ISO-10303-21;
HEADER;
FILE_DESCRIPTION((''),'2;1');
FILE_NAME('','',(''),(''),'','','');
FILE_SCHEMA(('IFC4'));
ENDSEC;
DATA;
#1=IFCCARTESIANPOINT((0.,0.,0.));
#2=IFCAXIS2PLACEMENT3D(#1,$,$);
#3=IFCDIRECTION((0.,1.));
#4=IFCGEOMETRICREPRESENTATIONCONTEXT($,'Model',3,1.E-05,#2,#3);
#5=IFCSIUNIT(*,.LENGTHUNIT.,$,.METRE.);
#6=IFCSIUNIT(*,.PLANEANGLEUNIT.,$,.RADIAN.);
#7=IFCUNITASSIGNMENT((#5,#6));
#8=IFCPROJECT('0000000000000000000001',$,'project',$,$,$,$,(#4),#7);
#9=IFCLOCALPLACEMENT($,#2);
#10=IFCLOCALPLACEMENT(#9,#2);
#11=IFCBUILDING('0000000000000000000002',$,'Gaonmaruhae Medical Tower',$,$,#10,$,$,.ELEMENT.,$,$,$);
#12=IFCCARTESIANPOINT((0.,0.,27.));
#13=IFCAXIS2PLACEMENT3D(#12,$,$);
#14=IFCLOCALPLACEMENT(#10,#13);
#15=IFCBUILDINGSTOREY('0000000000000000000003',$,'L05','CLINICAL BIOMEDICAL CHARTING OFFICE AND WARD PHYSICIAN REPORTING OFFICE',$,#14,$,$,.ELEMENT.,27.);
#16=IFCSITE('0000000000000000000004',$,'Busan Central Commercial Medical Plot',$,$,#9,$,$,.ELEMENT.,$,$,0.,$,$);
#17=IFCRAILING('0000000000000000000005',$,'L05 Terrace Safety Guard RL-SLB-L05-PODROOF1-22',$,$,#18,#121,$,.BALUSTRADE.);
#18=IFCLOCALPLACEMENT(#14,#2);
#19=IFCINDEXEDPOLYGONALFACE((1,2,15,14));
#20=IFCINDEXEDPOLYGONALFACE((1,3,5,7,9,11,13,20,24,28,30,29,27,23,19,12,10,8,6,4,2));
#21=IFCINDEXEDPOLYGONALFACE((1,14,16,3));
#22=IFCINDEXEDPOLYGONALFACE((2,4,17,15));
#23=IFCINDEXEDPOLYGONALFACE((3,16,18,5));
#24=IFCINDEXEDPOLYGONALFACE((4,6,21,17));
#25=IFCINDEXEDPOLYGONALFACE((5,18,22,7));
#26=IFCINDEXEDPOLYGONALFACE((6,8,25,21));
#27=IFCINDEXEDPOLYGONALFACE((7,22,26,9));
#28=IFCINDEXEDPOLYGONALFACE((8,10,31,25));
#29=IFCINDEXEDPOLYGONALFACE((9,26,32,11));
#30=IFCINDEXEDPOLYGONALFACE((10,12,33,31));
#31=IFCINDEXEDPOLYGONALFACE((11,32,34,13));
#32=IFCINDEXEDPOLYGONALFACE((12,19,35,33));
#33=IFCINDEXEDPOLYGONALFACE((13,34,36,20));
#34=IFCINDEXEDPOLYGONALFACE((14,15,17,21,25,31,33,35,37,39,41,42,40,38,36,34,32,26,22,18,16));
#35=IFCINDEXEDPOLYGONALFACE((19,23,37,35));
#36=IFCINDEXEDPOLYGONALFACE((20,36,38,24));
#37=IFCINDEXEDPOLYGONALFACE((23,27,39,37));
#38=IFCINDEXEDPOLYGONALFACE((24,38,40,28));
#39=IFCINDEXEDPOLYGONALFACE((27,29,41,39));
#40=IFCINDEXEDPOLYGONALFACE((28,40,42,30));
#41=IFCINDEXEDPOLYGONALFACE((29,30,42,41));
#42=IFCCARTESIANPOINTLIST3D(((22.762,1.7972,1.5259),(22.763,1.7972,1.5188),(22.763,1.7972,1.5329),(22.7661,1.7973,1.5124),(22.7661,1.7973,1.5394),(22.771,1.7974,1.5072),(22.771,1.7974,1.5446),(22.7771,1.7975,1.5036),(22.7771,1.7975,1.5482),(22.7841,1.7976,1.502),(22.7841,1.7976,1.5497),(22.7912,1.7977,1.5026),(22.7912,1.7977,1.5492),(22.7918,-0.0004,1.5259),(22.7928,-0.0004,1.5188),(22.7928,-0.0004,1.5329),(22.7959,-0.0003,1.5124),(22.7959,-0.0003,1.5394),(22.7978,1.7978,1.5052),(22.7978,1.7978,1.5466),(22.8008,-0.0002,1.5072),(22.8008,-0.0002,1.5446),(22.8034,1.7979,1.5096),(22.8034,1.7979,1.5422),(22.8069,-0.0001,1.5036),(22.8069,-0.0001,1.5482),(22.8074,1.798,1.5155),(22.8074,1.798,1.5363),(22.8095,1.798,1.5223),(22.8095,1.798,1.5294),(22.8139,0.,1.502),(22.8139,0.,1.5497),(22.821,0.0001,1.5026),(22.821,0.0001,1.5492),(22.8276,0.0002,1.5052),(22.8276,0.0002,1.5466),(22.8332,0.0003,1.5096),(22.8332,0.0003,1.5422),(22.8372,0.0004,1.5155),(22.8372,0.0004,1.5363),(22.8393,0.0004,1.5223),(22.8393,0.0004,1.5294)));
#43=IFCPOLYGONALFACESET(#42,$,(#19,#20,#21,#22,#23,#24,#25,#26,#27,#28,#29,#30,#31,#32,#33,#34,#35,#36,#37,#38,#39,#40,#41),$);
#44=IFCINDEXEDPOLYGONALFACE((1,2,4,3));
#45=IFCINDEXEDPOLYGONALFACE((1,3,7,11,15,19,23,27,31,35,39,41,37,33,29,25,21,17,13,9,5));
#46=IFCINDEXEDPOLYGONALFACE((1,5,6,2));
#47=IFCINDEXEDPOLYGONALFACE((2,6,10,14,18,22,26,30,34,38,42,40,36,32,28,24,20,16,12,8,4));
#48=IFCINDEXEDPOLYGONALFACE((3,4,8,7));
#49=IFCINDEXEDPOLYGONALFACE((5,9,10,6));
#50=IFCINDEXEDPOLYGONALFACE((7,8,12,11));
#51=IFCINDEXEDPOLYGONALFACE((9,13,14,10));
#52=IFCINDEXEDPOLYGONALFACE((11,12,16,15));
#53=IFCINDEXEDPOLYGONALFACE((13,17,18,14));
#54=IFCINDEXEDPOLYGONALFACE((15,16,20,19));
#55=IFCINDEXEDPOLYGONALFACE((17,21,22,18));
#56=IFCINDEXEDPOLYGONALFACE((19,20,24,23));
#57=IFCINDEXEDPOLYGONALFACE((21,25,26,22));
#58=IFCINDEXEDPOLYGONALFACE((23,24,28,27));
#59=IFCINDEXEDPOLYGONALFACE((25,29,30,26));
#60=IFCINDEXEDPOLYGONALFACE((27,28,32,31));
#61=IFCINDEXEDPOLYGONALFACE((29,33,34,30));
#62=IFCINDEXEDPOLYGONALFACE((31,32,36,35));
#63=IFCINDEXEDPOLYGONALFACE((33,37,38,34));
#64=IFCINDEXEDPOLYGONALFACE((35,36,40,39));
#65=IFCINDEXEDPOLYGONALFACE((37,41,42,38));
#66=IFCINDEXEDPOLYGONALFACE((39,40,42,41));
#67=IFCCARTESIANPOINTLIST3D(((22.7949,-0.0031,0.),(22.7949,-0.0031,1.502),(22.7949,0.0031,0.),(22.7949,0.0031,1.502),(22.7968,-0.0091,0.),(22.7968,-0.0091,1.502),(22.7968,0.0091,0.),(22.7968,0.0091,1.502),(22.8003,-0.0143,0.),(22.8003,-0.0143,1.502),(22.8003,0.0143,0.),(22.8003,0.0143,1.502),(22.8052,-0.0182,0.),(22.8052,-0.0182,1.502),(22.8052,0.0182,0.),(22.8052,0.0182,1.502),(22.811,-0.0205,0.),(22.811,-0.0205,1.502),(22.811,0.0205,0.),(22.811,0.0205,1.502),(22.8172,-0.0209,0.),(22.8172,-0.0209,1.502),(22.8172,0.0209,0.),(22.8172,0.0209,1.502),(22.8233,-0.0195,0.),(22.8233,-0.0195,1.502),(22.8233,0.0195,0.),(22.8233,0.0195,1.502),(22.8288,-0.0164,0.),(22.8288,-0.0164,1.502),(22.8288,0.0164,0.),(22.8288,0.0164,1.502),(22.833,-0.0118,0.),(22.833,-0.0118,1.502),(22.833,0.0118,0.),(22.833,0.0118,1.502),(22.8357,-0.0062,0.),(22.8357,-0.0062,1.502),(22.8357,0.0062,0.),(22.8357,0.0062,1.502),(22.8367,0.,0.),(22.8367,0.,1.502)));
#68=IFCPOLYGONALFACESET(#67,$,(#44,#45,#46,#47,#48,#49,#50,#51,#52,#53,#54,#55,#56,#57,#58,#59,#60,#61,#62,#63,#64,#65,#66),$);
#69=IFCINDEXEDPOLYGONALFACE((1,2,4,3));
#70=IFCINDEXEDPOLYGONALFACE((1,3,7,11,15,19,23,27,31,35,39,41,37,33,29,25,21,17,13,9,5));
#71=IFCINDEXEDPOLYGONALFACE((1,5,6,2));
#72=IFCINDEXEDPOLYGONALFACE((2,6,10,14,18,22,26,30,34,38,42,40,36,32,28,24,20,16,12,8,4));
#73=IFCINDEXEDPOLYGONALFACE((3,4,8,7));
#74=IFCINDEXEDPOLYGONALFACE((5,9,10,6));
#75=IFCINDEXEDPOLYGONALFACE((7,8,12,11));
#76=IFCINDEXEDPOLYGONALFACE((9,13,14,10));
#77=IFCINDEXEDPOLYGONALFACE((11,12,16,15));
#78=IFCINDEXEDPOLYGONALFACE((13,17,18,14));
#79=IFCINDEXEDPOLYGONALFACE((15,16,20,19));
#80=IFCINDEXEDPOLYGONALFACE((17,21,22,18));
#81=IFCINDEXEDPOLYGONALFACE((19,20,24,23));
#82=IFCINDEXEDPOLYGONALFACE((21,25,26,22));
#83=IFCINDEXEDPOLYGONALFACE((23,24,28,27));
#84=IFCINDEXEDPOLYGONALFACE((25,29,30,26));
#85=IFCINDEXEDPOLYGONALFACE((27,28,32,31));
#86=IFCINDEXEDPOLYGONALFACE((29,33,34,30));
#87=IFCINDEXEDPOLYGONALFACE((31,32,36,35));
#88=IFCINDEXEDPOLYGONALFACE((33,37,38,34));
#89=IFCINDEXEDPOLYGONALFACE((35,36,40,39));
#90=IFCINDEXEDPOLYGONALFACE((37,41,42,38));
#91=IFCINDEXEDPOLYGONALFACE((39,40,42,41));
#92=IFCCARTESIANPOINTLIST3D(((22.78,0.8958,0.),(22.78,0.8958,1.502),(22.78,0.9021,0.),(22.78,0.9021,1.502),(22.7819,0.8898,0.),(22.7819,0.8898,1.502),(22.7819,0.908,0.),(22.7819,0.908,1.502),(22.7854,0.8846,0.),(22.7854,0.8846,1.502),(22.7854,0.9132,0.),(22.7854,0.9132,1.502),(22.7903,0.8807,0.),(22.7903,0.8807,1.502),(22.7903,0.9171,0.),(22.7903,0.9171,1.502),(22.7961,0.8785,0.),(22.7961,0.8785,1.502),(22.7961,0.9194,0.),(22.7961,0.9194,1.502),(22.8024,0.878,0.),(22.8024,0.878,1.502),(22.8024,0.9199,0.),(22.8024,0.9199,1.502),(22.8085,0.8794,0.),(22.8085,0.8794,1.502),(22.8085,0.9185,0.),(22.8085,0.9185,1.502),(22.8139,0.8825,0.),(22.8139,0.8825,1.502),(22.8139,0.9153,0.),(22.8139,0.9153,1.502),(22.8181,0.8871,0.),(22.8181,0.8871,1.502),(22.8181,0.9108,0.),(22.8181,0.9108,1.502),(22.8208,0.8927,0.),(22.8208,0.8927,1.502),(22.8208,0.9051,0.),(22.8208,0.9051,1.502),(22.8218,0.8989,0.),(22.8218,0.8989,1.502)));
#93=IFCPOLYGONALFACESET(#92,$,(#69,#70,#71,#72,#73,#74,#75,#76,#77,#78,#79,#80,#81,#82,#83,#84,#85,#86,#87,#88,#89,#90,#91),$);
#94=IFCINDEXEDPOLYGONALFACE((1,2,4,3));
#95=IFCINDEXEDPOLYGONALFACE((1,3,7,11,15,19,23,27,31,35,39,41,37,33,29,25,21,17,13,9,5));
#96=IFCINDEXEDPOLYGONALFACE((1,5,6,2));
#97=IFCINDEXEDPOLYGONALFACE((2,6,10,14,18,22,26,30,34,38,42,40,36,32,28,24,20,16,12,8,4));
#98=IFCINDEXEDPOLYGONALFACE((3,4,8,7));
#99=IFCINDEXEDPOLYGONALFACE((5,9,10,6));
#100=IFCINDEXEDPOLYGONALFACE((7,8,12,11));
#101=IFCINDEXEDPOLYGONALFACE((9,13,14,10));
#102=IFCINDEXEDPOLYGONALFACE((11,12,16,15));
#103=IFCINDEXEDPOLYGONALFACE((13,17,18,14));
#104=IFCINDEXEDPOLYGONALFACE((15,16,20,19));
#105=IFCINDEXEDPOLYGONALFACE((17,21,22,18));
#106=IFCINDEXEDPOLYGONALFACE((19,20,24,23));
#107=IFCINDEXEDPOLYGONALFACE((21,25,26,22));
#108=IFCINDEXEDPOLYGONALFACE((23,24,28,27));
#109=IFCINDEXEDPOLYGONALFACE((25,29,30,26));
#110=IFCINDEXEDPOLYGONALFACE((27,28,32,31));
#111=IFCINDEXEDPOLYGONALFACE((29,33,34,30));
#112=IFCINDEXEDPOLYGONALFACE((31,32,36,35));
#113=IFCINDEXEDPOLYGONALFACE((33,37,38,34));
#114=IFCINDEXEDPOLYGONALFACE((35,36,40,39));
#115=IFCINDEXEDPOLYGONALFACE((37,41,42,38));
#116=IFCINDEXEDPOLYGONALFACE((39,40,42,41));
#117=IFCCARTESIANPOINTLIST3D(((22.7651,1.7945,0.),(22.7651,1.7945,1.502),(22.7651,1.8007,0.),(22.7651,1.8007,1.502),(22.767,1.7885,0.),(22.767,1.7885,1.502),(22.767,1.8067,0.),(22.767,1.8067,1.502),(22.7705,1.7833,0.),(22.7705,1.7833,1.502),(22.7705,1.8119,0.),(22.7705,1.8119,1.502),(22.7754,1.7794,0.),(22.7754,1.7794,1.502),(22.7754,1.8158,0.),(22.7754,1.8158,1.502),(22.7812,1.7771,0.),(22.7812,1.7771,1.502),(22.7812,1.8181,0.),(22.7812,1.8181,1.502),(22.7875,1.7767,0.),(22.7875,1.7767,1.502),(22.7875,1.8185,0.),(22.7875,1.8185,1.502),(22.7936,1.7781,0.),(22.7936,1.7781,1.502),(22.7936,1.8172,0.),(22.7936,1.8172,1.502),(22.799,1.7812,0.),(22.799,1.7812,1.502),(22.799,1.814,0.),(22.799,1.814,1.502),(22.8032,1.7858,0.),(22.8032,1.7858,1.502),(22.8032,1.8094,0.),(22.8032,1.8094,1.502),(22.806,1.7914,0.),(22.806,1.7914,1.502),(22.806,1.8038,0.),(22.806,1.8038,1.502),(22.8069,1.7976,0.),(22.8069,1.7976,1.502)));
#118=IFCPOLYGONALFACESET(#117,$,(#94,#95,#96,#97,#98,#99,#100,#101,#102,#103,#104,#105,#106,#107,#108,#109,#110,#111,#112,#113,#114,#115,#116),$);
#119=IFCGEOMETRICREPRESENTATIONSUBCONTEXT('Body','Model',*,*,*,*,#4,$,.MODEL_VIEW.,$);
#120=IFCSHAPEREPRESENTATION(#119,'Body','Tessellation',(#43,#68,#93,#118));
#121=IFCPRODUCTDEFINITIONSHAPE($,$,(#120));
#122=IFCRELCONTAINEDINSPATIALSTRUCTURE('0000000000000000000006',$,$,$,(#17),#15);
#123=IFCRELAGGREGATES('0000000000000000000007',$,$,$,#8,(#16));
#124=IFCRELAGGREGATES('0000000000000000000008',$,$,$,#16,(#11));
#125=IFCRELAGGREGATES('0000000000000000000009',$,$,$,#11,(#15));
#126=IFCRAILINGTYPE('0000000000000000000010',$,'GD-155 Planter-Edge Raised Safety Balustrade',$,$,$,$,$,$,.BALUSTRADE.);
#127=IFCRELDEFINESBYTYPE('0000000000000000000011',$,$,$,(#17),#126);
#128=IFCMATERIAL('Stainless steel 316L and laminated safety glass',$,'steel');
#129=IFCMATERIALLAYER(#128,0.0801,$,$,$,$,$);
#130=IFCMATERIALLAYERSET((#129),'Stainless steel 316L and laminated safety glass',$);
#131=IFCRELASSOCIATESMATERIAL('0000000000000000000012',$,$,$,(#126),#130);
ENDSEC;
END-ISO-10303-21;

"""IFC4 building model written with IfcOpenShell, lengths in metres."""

from ifc_helpers import new_model, si_unit, direction, frame, origin, origin_2d, place, context, subcontext, project, spatial, circle, extrude, material, layer, layer_set, type_object, element, save


model = new_model("IFC4")

# Units and contexts
model_context = context("Model", 3, precision=1e-05, world=origin(), true_north=direction((0.0, 1.0)))
body_context = subcontext(model_context, "Body", "Model", "MODEL_VIEW")
ifc_project = project(units=[si_unit("LENGTHUNIT", "METRE"), si_unit("PLANEANGLEUNIT", "RADIAN")], contexts=[model_context])

# Site, building, storey
site_placement = place(None, origin())
site = spatial("IfcSite", under=ifc_project, at=site_placement, Name="Busan Central Commercial Medical Plot", CompositionType="ELEMENT", RefElevation=0.0)
building_placement = place(site_placement, origin())
building = spatial("IfcBuilding", under=site, at=building_placement, Name="Gaonmaruhae Medical Tower", CompositionType="ELEMENT")
storey_placement = place(building_placement, frame((0.0, 0.0, 27.0)))
storey = spatial("IfcBuildingStorey", under=building, at=storey_placement, Name="L05", Description="CLINICAL BIOMEDICAL CHARTING OFFICE AND WARD PHYSICIAN REPORTING OFFICE", CompositionType="ELEMENT", Elevation=27.0)

# Railing
ifc_material_1 = material(Name="Stainless steel 316L and laminated safety glass", Category="steel")
ifc_layer_1 = layer(ifc_material_1, 0.0801)
ifc_layer_set_1 = layer_set([ifc_layer_1], Name="Stainless steel 316L and laminated safety glass")
railing_type_1 = type_object("IfcRailingType", Name="GD-155 Planter-Edge Raised Safety Balustrade", PredefinedType="BALUSTRADE", material=ifc_layer_set_1)
railing_1_placement = place(storey_placement, frame((22.8157, 0.0, 0.0)))
element("IfcRailing", 1, at=railing_1_placement, inside=storey, type_object=railing_type_1, Name="L05 Terrace Safety Guard RL-SLB-L05-PODROOF1-22", PredefinedType="BALUSTRADE", context=body_context, shape_type="SweptSolid", body=[
    extrude(circle(Radius=0.0239, at=origin_2d()), frame((0.0, 0.0, 1.5259), z_axis=(-0.016567, 0.999863, 0.0), x_axis=(-0.999863, -0.016567, 0.0)), (0.0, 0.0, 1.0), 1.7979),
    extrude(circle(Radius=0.021, at=origin_2d()), origin(), (0.0, 0.0, 1.0), 1.502),
    extrude(circle(Radius=0.021, at=origin_2d()), frame((-0.0149, 0.8989, 0.0)), (0.0, 0.0, 1.0), 1.502),
    extrude(circle(Radius=0.021, at=origin_2d()), frame((-0.0298, 1.7976, 0.0)), (0.0, 0.0, 1.0), 1.502),
])

save(model, "model.ifc")
